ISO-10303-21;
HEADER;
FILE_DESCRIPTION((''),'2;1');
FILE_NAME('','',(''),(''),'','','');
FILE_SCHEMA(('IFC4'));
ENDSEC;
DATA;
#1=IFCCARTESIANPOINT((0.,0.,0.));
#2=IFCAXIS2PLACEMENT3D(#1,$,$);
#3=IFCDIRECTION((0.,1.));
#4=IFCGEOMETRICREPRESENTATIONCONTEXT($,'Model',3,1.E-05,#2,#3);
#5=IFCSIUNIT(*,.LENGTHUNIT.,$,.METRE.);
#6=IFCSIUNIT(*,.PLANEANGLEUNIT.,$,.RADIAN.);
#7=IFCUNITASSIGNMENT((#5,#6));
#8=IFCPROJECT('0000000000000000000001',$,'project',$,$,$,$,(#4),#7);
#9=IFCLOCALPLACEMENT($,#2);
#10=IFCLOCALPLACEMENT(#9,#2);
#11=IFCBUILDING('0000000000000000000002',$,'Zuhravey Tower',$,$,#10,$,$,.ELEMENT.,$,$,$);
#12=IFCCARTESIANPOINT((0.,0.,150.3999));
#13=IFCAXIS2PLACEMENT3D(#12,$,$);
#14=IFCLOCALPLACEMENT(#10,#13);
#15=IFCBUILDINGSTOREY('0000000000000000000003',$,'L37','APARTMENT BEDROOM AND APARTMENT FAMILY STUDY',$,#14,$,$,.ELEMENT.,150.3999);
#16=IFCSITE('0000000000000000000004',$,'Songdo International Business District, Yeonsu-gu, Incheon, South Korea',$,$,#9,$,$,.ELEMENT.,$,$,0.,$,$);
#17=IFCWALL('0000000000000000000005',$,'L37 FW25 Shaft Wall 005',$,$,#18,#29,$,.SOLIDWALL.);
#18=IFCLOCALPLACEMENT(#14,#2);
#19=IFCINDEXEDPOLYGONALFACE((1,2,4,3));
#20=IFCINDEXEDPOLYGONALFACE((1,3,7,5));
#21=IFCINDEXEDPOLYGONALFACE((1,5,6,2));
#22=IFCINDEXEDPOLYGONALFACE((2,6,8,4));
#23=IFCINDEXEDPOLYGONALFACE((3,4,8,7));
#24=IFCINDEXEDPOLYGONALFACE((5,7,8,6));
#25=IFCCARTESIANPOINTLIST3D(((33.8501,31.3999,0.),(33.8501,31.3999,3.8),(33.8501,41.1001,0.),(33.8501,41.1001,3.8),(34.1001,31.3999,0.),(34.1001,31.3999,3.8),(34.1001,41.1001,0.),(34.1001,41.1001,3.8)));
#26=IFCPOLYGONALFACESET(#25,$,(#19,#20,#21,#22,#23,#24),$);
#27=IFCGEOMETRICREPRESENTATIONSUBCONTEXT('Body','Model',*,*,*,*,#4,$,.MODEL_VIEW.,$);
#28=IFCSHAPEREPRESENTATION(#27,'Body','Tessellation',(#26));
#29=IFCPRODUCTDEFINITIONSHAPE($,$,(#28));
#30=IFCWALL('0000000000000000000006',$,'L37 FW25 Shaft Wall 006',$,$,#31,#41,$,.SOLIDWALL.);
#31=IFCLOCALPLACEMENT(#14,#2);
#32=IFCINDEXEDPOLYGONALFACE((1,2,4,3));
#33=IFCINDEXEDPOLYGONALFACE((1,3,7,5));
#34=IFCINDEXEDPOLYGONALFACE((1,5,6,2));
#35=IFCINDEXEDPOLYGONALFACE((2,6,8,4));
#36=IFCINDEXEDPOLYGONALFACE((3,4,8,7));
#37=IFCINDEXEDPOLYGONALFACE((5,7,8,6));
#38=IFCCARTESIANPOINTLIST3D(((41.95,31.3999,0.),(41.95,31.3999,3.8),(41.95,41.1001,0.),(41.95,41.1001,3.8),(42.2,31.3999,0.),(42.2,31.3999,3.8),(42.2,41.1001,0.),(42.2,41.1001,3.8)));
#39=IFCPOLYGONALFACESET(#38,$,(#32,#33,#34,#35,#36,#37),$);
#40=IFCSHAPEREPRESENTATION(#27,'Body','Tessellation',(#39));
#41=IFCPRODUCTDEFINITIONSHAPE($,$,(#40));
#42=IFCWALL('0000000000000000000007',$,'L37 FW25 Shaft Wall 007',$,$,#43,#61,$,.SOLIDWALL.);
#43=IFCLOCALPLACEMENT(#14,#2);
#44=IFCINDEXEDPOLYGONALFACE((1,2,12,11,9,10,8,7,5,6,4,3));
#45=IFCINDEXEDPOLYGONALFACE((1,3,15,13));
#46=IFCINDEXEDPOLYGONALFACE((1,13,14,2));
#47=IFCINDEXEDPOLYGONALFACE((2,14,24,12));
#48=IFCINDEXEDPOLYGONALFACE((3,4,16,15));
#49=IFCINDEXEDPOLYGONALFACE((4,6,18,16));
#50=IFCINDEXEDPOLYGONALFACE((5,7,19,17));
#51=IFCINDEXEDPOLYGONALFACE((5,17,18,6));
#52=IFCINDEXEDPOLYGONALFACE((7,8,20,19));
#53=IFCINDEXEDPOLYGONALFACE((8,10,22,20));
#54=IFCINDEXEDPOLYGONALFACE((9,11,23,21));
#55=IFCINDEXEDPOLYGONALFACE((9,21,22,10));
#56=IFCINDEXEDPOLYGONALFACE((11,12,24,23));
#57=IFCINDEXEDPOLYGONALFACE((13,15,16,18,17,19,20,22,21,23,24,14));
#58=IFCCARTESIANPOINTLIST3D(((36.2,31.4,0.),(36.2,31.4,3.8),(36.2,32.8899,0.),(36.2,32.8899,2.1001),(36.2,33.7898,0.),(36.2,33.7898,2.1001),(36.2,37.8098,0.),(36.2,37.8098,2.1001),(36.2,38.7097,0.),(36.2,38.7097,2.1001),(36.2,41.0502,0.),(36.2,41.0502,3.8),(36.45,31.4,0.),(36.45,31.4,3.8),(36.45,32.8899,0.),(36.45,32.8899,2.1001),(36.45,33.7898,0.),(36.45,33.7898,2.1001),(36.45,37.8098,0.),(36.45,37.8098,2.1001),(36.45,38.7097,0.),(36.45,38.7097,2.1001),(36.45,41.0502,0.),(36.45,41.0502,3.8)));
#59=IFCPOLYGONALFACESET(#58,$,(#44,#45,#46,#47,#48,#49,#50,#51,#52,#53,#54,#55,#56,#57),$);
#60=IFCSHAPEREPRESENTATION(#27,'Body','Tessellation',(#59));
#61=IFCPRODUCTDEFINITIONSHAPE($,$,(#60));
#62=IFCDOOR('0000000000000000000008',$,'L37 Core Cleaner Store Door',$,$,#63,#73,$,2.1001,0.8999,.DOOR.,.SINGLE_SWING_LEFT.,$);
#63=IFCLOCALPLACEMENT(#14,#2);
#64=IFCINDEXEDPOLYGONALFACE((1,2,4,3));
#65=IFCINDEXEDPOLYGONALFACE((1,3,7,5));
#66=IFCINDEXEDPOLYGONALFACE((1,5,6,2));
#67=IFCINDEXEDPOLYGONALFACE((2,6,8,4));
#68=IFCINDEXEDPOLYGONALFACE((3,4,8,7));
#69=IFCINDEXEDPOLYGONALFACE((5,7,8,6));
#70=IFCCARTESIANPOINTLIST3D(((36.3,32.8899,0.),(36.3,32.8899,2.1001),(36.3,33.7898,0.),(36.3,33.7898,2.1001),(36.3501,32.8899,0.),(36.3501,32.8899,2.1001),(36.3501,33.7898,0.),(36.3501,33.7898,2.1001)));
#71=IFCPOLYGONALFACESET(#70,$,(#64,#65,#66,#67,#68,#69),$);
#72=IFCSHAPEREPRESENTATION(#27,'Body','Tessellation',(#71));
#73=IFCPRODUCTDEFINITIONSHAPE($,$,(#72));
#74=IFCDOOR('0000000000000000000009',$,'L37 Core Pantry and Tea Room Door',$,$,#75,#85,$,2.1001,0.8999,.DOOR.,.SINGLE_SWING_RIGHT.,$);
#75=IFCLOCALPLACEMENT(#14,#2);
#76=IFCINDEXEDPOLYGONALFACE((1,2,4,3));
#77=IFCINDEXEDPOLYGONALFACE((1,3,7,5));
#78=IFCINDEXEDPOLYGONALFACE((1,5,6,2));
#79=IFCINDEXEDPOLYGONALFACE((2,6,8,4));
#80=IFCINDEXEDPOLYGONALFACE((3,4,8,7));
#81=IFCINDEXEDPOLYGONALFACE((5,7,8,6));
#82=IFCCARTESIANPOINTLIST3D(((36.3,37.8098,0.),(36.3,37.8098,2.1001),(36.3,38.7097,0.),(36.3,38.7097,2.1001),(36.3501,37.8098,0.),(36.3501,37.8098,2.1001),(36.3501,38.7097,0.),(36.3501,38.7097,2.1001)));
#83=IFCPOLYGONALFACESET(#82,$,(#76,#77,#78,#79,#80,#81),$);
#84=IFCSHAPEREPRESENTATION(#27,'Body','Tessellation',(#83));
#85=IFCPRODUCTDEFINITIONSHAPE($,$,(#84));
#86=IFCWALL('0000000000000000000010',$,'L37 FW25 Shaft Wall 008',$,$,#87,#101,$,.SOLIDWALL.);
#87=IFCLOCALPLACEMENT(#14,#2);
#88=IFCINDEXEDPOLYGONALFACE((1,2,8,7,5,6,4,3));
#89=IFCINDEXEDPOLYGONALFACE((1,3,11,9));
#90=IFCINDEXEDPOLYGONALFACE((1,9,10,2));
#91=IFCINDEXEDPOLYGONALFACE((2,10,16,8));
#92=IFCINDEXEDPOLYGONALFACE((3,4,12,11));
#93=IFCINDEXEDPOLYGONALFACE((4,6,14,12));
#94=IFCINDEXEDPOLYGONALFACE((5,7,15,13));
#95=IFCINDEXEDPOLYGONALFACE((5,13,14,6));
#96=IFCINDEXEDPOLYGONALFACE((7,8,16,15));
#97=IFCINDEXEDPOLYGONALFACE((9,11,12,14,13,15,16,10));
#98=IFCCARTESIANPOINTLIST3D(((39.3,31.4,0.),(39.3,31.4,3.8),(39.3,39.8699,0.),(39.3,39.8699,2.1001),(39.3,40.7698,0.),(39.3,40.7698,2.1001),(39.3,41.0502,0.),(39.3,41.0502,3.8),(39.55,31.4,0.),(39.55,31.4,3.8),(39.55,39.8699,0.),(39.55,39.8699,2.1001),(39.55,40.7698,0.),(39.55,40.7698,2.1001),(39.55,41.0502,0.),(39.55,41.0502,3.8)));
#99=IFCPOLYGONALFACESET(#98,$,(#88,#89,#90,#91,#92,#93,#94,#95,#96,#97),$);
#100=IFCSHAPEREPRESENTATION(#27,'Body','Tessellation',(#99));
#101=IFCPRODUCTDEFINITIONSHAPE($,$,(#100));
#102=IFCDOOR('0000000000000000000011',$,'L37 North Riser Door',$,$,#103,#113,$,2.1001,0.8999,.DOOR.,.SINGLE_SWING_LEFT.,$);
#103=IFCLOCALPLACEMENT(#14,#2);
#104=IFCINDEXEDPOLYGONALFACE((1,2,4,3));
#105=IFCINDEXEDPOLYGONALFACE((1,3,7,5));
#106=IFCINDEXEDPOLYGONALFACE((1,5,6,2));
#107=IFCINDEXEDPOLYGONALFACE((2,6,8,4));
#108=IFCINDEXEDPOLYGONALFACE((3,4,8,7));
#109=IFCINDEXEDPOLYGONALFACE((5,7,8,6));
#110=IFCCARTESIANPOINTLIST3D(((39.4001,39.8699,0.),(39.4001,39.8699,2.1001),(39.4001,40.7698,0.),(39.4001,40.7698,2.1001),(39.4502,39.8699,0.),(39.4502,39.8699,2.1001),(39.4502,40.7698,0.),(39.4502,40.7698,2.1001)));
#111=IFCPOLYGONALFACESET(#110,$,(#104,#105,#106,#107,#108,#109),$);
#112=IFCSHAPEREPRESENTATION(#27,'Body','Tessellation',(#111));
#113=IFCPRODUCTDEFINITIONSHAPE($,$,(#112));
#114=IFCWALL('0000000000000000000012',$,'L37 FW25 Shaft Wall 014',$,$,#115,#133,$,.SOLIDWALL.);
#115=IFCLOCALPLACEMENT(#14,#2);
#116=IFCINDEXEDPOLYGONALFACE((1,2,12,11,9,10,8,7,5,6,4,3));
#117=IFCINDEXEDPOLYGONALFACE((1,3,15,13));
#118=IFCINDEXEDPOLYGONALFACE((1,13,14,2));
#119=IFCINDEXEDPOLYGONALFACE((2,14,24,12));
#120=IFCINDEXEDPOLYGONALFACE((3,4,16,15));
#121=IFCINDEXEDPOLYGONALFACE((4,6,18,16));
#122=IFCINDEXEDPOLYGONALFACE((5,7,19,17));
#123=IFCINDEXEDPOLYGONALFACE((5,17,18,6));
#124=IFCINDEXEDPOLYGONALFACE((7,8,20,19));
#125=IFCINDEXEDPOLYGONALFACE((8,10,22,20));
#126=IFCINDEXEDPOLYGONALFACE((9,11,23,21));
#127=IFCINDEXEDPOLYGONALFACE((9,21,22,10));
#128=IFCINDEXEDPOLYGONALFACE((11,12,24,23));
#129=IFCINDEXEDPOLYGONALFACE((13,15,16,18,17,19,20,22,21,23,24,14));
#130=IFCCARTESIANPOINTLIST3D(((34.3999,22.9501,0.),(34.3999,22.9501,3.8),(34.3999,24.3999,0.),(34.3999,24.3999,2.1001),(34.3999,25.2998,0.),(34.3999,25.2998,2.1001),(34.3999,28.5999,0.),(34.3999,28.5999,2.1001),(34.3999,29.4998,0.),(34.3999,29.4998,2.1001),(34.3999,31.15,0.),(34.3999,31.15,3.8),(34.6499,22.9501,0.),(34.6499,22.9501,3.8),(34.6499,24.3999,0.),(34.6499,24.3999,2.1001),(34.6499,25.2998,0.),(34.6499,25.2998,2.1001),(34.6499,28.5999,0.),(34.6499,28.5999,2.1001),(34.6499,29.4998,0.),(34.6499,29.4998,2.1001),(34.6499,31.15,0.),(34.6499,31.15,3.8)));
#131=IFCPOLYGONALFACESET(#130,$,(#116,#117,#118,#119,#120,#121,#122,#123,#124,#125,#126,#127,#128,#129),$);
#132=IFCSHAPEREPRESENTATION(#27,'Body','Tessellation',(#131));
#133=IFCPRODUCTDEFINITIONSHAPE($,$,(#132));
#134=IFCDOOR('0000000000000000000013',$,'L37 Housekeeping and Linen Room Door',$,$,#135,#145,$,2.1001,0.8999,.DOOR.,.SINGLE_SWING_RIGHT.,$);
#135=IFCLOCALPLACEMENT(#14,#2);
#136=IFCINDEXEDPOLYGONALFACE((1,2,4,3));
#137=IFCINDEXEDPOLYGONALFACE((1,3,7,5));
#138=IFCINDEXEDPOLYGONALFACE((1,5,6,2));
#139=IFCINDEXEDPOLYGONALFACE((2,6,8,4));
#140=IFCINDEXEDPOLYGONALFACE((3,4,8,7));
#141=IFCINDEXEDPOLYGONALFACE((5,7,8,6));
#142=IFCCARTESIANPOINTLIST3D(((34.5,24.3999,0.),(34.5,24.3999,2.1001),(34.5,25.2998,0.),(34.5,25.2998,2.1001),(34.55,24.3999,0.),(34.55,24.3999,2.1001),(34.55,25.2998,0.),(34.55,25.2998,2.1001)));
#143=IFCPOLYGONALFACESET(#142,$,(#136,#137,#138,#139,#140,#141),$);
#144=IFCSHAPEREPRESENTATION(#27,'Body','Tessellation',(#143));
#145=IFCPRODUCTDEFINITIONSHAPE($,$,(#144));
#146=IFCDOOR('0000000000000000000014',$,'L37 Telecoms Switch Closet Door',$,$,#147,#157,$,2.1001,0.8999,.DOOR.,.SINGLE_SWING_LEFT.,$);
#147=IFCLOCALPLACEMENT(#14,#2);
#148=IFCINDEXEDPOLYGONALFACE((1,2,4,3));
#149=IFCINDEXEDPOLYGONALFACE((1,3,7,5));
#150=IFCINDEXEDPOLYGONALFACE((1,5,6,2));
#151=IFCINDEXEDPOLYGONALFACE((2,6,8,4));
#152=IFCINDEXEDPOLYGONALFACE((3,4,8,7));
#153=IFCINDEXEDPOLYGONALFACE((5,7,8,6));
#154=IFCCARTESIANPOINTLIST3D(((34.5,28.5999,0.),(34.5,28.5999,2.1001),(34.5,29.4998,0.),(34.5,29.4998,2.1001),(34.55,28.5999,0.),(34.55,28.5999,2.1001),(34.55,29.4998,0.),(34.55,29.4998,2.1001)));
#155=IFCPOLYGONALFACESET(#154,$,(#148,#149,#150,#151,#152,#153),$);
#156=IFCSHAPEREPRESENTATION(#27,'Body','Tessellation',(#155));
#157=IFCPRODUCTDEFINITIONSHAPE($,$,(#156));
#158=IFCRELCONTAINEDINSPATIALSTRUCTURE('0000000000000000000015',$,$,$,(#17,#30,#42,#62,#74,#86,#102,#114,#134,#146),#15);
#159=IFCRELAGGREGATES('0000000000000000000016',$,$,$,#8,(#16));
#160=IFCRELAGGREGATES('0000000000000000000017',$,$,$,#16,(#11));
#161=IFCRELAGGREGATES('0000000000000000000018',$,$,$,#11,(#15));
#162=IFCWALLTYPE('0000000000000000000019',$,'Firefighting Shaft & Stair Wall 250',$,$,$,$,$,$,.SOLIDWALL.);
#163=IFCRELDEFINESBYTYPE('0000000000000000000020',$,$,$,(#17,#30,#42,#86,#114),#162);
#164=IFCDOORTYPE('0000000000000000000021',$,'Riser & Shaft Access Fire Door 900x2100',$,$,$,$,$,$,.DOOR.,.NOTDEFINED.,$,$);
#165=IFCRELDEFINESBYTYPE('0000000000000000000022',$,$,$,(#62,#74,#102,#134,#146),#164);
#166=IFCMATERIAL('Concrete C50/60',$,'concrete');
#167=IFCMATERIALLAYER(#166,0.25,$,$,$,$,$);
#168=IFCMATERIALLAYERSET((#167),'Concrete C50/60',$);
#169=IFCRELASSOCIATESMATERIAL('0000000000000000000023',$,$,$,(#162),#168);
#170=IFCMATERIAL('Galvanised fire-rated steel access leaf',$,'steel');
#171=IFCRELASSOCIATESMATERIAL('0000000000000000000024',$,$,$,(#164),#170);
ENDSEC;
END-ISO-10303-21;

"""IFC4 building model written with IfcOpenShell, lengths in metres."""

from ifc_helpers import new_model, si_unit, direction, frame, frame_2d, origin, place, context, subcontext, project, spatial, rectangle, extrude, material, layer, layer_set, type_object, element, fill, save


model = new_model("IFC4")

# Units and contexts
model_context = context("Model", 3, precision=1e-05, world=origin(), true_north=direction((0.0, 1.0)))
body_context = subcontext(model_context, "Body", "Model", "MODEL_VIEW")
ifc_project = project(units=[si_unit("LENGTHUNIT", "METRE"), si_unit("PLANEANGLEUNIT", "RADIAN")], contexts=[model_context])

# Site, building, storey
site_placement = place(None, origin())
site = spatial("IfcSite", under=ifc_project, at=site_placement, Name="Songdo International Business District, Yeonsu-gu, Incheon, South Korea", CompositionType="ELEMENT", RefElevation=0.0)
building_placement = place(site_placement, origin())
building = spatial("IfcBuilding", under=site, at=building_placement, Name="Zuhravey Tower", CompositionType="ELEMENT")
storey_placement = place(building_placement, frame((0.0, 0.0, 150.3999)))
storey = spatial("IfcBuildingStorey", under=building, at=storey_placement, Name="L37", Description="APARTMENT BEDROOM AND APARTMENT FAMILY STUDY", CompositionType="ELEMENT", Elevation=150.3999)

# Walls
ifc_material_1 = material(Name="Concrete C50/60", Category="concrete")
ifc_layer_1 = layer(ifc_material_1, 0.25)
ifc_layer_set_1 = layer_set([ifc_layer_1], Name="Concrete C50/60")
wall_type_1 = type_object("IfcWallType", Name="Firefighting Shaft & Stair Wall 250", PredefinedType="SOLIDWALL", material=ifc_layer_set_1)
for number, where, z_axis, x_axis, name in (
    (1, (33.9751, 31.3999, 0.0), (0.0, 0.0, 1.0), (0.0, 1.0, 0.0), "L37 FW25 Shaft Wall 005"),
    (2, (42.075, 31.3999, 0.0), (0.0, 0.0, 1.0), (0.0, 1.0, 0.0), "L37 FW25 Shaft Wall 006"),
):
    element("IfcWall", number, at=place(storey_placement, frame(where, z_axis=z_axis, x_axis=x_axis)), inside=storey, type_object=wall_type_1, Name=name, PredefinedType="SOLIDWALL", context=body_context, shape_type="SweptSolid", body=[
        extrude(rectangle(XDim=9.7002, YDim=0.25, at=frame_2d((4.8501, 0.0))), origin(), (0.0, 0.0, 1.0), 3.8),
    ])

# Wall, openings, doors
wall_1_placement = place(storey_placement, frame((36.325, 31.3999, 0.0), z_axis=(0.0, 0.0, 1.0), x_axis=(0.0, 1.0, 0.0)))
wall_1 = element("IfcWall", 3, at=wall_1_placement, inside=storey, type_object=wall_type_1, Name="L37 FW25 Shaft Wall 007", PredefinedType="SOLIDWALL", context=body_context, shape_type="SweptSolid", body=[
    extrude(rectangle(XDim=9.6501, YDim=0.25, at=frame_2d((4.8252, 0.0))), origin(), (0.0, 0.0, 1.0), 3.8),
])
opening_1_placement = place(wall_1_placement, frame((1.49, 0.0, 0.0)))
opening_1 = element("IfcOpeningElement", 4, at=opening_1_placement, cuts=wall_1, PredefinedType="OPENING", context=body_context, shape_type="SweptSolid", body=[
    extrude(rectangle(XDim=0.8999, YDim=2.1001, at=frame_2d((0.45, 1.05))), frame((0.0, 0.137, 0.0), z_axis=(0.0, -1.0, 0.0), x_axis=(1.0, 0.0, 0.0)), (0.0, 0.0, 1.0), 0.2739),
])
opening_2_placement = place(wall_1_placement, frame((6.4099, 0.0, 0.0)))
opening_2 = element("IfcOpeningElement", 5, at=opening_2_placement, cuts=wall_1, PredefinedType="OPENING", context=body_context, shape_type="SweptSolid", body=[
    extrude(rectangle(XDim=0.8999, YDim=2.1001, at=frame_2d((0.45, 1.05))), frame((0.0, 0.137, 0.0), z_axis=(0.0, -1.0, 0.0), x_axis=(1.0, 0.0, 0.0)), (0.0, 0.0, 1.0), 0.2739),
])
ifc_material_2 = material(Name="Galvanised fire-rated steel access leaf", Category="steel")
door_type_1 = type_object("IfcDoorType", Name="Riser & Shaft Access Fire Door 900x2100", OperationType="NOTDEFINED", PredefinedType="DOOR", material=ifc_material_2)
door_1_placement = place(opening_1_placement, origin())
door_1 = element("IfcDoor", 6, at=door_1_placement, inside=storey, type_object=door_type_1, Name="L37 Core Cleaner Store Door", OperationType="SINGLE_SWING_LEFT", OverallHeight=2.1001, OverallWidth=0.8999, PredefinedType="DOOR", context=body_context, shape_type="SweptSolid", body=[
    extrude(rectangle(XDim=0.8999, YDim=2.1001, at=frame_2d((0.45, 1.05))), frame((0.0, 0.0249, 0.0), z_axis=(0.0, -1.0, 0.0), x_axis=(1.0, 0.0, 0.0)), (0.0, 0.0, 1.0), 0.05),
])
fill(opening_1, door_1)
door_2_placement = place(opening_2_placement, origin())
door_2 = element("IfcDoor", 7, at=door_2_placement, inside=storey, type_object=door_type_1, Name="L37 Core Pantry and Tea Room Door", OperationType="SINGLE_SWING_RIGHT", OverallHeight=2.1001, OverallWidth=0.8999, PredefinedType="DOOR", context=body_context, shape_type="SweptSolid", body=[
    extrude(rectangle(XDim=0.8999, YDim=2.1001, at=frame_2d((0.45, 1.05))), frame((0.0, 0.0249, 0.0), z_axis=(0.0, -1.0, 0.0), x_axis=(1.0, 0.0, 0.0)), (0.0, 0.0, 1.0), 0.05),
])
fill(opening_2, door_2)

# Wall, opening, door
wall_2_placement = place(storey_placement, frame((39.425, 31.3999, 0.0), z_axis=(0.0, 0.0, 1.0), x_axis=(0.0, 1.0, 0.0)))
wall_2 = element("IfcWall", 8, at=wall_2_placement, inside=storey, type_object=wall_type_1, Name="L37 FW25 Shaft Wall 008", PredefinedType="SOLIDWALL", context=body_context, shape_type="SweptSolid", body=[
    extrude(rectangle(XDim=9.6501, YDim=0.25, at=frame_2d((4.8252, 0.0))), origin(), (0.0, 0.0, 1.0), 3.8),
])
opening_3_placement = place(wall_2_placement, frame((8.47, 0.0, 0.0)))
opening_3 = element("IfcOpeningElement", 9, at=opening_3_placement, cuts=wall_2, PredefinedType="OPENING", context=body_context, shape_type="SweptSolid", body=[
    extrude(rectangle(XDim=0.8999, YDim=2.1001, at=frame_2d((0.45, 1.05))), frame((0.0, 0.137, 0.0), z_axis=(0.0, -1.0, 0.0), x_axis=(1.0, 0.0, 0.0)), (0.0, 0.0, 1.0), 0.2739),
])
door_3_placement = place(opening_3_placement, origin())
door_3 = element("IfcDoor", 10, at=door_3_placement, inside=storey, type_object=door_type_1, Name="L37 North Riser Door", OperationType="SINGLE_SWING_LEFT", OverallHeight=2.1001, OverallWidth=0.8999, PredefinedType="DOOR", context=body_context, shape_type="SweptSolid", body=[
    extrude(rectangle(XDim=0.8999, YDim=2.1001, at=frame_2d((0.45, 1.05))), frame((0.0, 0.0249, 0.0), z_axis=(0.0, -1.0, 0.0), x_axis=(1.0, 0.0, 0.0)), (0.0, 0.0, 1.0), 0.05),
])
fill(opening_3, door_3)

# Wall, openings, doors
wall_3_placement = place(storey_placement, frame((34.5249, 22.95, 0.0), z_axis=(0.0, 0.0, 1.0), x_axis=(0.0, 1.0, 0.0)))
wall_3 = element("IfcWall", 11, at=wall_3_placement, inside=storey, type_object=wall_type_1, Name="L37 FW25 Shaft Wall 014", PredefinedType="SOLIDWALL", context=body_context, shape_type="SweptSolid", body=[
    extrude(rectangle(XDim=8.2, YDim=0.25, at=frame_2d((4.1001, 0.0))), origin(), (0.0, 0.0, 1.0), 3.8),
])
opening_4_placement = place(wall_3_placement, frame((1.45, 0.0, 0.0)))
opening_4 = element("IfcOpeningElement", 12, at=opening_4_placement, cuts=wall_3, PredefinedType="OPENING", context=body_context, shape_type="SweptSolid", body=[
    extrude(rectangle(XDim=0.8999, YDim=2.1001, at=frame_2d((0.45, 1.05))), frame((0.0, 0.137, 0.0), z_axis=(0.0, -1.0, 0.0), x_axis=(1.0, 0.0, 0.0)), (0.0, 0.0, 1.0), 0.2739),
])
opening_5_placement = place(wall_3_placement, frame((5.6499, 0.0, 0.0)))
opening_5 = element("IfcOpeningElement", 13, at=opening_5_placement, cuts=wall_3, PredefinedType="OPENING", context=body_context, shape_type="SweptSolid", body=[
    extrude(rectangle(XDim=0.8999, YDim=2.1001, at=frame_2d((0.45, 1.05))), frame((0.0, 0.137, 0.0), z_axis=(0.0, -1.0, 0.0), x_axis=(1.0, 0.0, 0.0)), (0.0, 0.0, 1.0), 0.2739),
])
door_4_placement = place(opening_4_placement, origin())
door_4 = element("IfcDoor", 14, at=door_4_placement, inside=storey, type_object=door_type_1, Name="L37 Housekeeping and Linen Room Door", OperationType="SINGLE_SWING_RIGHT", OverallHeight=2.1001, OverallWidth=0.8999, PredefinedType="DOOR", context=body_context, shape_type="SweptSolid", body=[
    extrude(rectangle(XDim=0.8999, YDim=2.1001, at=frame_2d((0.45, 1.05))), frame((0.0, 0.0249, 0.0), z_axis=(0.0, -1.0, 0.0), x_axis=(1.0, 0.0, 0.0)), (0.0, 0.0, 1.0), 0.05),
])
fill(opening_4, door_4)
door_5_placement = place(opening_5_placement, origin())
door_5 = element("IfcDoor", 15, at=door_5_placement, inside=storey, type_object=door_type_1, Name="L37 Telecoms Switch Closet Door", OperationType="SINGLE_SWING_LEFT", OverallHeight=2.1001, OverallWidth=0.8999, PredefinedType="DOOR", context=body_context, shape_type="SweptSolid", body=[
    extrude(rectangle(XDim=0.8999, YDim=2.1001, at=frame_2d((0.45, 1.05))), frame((0.0, 0.0249, 0.0), z_axis=(0.0, -1.0, 0.0), x_axis=(1.0, 0.0, 0.0)), (0.0, 0.0, 1.0), 0.05),
])
fill(opening_5, door_5)

save(model, "model.ifc")
